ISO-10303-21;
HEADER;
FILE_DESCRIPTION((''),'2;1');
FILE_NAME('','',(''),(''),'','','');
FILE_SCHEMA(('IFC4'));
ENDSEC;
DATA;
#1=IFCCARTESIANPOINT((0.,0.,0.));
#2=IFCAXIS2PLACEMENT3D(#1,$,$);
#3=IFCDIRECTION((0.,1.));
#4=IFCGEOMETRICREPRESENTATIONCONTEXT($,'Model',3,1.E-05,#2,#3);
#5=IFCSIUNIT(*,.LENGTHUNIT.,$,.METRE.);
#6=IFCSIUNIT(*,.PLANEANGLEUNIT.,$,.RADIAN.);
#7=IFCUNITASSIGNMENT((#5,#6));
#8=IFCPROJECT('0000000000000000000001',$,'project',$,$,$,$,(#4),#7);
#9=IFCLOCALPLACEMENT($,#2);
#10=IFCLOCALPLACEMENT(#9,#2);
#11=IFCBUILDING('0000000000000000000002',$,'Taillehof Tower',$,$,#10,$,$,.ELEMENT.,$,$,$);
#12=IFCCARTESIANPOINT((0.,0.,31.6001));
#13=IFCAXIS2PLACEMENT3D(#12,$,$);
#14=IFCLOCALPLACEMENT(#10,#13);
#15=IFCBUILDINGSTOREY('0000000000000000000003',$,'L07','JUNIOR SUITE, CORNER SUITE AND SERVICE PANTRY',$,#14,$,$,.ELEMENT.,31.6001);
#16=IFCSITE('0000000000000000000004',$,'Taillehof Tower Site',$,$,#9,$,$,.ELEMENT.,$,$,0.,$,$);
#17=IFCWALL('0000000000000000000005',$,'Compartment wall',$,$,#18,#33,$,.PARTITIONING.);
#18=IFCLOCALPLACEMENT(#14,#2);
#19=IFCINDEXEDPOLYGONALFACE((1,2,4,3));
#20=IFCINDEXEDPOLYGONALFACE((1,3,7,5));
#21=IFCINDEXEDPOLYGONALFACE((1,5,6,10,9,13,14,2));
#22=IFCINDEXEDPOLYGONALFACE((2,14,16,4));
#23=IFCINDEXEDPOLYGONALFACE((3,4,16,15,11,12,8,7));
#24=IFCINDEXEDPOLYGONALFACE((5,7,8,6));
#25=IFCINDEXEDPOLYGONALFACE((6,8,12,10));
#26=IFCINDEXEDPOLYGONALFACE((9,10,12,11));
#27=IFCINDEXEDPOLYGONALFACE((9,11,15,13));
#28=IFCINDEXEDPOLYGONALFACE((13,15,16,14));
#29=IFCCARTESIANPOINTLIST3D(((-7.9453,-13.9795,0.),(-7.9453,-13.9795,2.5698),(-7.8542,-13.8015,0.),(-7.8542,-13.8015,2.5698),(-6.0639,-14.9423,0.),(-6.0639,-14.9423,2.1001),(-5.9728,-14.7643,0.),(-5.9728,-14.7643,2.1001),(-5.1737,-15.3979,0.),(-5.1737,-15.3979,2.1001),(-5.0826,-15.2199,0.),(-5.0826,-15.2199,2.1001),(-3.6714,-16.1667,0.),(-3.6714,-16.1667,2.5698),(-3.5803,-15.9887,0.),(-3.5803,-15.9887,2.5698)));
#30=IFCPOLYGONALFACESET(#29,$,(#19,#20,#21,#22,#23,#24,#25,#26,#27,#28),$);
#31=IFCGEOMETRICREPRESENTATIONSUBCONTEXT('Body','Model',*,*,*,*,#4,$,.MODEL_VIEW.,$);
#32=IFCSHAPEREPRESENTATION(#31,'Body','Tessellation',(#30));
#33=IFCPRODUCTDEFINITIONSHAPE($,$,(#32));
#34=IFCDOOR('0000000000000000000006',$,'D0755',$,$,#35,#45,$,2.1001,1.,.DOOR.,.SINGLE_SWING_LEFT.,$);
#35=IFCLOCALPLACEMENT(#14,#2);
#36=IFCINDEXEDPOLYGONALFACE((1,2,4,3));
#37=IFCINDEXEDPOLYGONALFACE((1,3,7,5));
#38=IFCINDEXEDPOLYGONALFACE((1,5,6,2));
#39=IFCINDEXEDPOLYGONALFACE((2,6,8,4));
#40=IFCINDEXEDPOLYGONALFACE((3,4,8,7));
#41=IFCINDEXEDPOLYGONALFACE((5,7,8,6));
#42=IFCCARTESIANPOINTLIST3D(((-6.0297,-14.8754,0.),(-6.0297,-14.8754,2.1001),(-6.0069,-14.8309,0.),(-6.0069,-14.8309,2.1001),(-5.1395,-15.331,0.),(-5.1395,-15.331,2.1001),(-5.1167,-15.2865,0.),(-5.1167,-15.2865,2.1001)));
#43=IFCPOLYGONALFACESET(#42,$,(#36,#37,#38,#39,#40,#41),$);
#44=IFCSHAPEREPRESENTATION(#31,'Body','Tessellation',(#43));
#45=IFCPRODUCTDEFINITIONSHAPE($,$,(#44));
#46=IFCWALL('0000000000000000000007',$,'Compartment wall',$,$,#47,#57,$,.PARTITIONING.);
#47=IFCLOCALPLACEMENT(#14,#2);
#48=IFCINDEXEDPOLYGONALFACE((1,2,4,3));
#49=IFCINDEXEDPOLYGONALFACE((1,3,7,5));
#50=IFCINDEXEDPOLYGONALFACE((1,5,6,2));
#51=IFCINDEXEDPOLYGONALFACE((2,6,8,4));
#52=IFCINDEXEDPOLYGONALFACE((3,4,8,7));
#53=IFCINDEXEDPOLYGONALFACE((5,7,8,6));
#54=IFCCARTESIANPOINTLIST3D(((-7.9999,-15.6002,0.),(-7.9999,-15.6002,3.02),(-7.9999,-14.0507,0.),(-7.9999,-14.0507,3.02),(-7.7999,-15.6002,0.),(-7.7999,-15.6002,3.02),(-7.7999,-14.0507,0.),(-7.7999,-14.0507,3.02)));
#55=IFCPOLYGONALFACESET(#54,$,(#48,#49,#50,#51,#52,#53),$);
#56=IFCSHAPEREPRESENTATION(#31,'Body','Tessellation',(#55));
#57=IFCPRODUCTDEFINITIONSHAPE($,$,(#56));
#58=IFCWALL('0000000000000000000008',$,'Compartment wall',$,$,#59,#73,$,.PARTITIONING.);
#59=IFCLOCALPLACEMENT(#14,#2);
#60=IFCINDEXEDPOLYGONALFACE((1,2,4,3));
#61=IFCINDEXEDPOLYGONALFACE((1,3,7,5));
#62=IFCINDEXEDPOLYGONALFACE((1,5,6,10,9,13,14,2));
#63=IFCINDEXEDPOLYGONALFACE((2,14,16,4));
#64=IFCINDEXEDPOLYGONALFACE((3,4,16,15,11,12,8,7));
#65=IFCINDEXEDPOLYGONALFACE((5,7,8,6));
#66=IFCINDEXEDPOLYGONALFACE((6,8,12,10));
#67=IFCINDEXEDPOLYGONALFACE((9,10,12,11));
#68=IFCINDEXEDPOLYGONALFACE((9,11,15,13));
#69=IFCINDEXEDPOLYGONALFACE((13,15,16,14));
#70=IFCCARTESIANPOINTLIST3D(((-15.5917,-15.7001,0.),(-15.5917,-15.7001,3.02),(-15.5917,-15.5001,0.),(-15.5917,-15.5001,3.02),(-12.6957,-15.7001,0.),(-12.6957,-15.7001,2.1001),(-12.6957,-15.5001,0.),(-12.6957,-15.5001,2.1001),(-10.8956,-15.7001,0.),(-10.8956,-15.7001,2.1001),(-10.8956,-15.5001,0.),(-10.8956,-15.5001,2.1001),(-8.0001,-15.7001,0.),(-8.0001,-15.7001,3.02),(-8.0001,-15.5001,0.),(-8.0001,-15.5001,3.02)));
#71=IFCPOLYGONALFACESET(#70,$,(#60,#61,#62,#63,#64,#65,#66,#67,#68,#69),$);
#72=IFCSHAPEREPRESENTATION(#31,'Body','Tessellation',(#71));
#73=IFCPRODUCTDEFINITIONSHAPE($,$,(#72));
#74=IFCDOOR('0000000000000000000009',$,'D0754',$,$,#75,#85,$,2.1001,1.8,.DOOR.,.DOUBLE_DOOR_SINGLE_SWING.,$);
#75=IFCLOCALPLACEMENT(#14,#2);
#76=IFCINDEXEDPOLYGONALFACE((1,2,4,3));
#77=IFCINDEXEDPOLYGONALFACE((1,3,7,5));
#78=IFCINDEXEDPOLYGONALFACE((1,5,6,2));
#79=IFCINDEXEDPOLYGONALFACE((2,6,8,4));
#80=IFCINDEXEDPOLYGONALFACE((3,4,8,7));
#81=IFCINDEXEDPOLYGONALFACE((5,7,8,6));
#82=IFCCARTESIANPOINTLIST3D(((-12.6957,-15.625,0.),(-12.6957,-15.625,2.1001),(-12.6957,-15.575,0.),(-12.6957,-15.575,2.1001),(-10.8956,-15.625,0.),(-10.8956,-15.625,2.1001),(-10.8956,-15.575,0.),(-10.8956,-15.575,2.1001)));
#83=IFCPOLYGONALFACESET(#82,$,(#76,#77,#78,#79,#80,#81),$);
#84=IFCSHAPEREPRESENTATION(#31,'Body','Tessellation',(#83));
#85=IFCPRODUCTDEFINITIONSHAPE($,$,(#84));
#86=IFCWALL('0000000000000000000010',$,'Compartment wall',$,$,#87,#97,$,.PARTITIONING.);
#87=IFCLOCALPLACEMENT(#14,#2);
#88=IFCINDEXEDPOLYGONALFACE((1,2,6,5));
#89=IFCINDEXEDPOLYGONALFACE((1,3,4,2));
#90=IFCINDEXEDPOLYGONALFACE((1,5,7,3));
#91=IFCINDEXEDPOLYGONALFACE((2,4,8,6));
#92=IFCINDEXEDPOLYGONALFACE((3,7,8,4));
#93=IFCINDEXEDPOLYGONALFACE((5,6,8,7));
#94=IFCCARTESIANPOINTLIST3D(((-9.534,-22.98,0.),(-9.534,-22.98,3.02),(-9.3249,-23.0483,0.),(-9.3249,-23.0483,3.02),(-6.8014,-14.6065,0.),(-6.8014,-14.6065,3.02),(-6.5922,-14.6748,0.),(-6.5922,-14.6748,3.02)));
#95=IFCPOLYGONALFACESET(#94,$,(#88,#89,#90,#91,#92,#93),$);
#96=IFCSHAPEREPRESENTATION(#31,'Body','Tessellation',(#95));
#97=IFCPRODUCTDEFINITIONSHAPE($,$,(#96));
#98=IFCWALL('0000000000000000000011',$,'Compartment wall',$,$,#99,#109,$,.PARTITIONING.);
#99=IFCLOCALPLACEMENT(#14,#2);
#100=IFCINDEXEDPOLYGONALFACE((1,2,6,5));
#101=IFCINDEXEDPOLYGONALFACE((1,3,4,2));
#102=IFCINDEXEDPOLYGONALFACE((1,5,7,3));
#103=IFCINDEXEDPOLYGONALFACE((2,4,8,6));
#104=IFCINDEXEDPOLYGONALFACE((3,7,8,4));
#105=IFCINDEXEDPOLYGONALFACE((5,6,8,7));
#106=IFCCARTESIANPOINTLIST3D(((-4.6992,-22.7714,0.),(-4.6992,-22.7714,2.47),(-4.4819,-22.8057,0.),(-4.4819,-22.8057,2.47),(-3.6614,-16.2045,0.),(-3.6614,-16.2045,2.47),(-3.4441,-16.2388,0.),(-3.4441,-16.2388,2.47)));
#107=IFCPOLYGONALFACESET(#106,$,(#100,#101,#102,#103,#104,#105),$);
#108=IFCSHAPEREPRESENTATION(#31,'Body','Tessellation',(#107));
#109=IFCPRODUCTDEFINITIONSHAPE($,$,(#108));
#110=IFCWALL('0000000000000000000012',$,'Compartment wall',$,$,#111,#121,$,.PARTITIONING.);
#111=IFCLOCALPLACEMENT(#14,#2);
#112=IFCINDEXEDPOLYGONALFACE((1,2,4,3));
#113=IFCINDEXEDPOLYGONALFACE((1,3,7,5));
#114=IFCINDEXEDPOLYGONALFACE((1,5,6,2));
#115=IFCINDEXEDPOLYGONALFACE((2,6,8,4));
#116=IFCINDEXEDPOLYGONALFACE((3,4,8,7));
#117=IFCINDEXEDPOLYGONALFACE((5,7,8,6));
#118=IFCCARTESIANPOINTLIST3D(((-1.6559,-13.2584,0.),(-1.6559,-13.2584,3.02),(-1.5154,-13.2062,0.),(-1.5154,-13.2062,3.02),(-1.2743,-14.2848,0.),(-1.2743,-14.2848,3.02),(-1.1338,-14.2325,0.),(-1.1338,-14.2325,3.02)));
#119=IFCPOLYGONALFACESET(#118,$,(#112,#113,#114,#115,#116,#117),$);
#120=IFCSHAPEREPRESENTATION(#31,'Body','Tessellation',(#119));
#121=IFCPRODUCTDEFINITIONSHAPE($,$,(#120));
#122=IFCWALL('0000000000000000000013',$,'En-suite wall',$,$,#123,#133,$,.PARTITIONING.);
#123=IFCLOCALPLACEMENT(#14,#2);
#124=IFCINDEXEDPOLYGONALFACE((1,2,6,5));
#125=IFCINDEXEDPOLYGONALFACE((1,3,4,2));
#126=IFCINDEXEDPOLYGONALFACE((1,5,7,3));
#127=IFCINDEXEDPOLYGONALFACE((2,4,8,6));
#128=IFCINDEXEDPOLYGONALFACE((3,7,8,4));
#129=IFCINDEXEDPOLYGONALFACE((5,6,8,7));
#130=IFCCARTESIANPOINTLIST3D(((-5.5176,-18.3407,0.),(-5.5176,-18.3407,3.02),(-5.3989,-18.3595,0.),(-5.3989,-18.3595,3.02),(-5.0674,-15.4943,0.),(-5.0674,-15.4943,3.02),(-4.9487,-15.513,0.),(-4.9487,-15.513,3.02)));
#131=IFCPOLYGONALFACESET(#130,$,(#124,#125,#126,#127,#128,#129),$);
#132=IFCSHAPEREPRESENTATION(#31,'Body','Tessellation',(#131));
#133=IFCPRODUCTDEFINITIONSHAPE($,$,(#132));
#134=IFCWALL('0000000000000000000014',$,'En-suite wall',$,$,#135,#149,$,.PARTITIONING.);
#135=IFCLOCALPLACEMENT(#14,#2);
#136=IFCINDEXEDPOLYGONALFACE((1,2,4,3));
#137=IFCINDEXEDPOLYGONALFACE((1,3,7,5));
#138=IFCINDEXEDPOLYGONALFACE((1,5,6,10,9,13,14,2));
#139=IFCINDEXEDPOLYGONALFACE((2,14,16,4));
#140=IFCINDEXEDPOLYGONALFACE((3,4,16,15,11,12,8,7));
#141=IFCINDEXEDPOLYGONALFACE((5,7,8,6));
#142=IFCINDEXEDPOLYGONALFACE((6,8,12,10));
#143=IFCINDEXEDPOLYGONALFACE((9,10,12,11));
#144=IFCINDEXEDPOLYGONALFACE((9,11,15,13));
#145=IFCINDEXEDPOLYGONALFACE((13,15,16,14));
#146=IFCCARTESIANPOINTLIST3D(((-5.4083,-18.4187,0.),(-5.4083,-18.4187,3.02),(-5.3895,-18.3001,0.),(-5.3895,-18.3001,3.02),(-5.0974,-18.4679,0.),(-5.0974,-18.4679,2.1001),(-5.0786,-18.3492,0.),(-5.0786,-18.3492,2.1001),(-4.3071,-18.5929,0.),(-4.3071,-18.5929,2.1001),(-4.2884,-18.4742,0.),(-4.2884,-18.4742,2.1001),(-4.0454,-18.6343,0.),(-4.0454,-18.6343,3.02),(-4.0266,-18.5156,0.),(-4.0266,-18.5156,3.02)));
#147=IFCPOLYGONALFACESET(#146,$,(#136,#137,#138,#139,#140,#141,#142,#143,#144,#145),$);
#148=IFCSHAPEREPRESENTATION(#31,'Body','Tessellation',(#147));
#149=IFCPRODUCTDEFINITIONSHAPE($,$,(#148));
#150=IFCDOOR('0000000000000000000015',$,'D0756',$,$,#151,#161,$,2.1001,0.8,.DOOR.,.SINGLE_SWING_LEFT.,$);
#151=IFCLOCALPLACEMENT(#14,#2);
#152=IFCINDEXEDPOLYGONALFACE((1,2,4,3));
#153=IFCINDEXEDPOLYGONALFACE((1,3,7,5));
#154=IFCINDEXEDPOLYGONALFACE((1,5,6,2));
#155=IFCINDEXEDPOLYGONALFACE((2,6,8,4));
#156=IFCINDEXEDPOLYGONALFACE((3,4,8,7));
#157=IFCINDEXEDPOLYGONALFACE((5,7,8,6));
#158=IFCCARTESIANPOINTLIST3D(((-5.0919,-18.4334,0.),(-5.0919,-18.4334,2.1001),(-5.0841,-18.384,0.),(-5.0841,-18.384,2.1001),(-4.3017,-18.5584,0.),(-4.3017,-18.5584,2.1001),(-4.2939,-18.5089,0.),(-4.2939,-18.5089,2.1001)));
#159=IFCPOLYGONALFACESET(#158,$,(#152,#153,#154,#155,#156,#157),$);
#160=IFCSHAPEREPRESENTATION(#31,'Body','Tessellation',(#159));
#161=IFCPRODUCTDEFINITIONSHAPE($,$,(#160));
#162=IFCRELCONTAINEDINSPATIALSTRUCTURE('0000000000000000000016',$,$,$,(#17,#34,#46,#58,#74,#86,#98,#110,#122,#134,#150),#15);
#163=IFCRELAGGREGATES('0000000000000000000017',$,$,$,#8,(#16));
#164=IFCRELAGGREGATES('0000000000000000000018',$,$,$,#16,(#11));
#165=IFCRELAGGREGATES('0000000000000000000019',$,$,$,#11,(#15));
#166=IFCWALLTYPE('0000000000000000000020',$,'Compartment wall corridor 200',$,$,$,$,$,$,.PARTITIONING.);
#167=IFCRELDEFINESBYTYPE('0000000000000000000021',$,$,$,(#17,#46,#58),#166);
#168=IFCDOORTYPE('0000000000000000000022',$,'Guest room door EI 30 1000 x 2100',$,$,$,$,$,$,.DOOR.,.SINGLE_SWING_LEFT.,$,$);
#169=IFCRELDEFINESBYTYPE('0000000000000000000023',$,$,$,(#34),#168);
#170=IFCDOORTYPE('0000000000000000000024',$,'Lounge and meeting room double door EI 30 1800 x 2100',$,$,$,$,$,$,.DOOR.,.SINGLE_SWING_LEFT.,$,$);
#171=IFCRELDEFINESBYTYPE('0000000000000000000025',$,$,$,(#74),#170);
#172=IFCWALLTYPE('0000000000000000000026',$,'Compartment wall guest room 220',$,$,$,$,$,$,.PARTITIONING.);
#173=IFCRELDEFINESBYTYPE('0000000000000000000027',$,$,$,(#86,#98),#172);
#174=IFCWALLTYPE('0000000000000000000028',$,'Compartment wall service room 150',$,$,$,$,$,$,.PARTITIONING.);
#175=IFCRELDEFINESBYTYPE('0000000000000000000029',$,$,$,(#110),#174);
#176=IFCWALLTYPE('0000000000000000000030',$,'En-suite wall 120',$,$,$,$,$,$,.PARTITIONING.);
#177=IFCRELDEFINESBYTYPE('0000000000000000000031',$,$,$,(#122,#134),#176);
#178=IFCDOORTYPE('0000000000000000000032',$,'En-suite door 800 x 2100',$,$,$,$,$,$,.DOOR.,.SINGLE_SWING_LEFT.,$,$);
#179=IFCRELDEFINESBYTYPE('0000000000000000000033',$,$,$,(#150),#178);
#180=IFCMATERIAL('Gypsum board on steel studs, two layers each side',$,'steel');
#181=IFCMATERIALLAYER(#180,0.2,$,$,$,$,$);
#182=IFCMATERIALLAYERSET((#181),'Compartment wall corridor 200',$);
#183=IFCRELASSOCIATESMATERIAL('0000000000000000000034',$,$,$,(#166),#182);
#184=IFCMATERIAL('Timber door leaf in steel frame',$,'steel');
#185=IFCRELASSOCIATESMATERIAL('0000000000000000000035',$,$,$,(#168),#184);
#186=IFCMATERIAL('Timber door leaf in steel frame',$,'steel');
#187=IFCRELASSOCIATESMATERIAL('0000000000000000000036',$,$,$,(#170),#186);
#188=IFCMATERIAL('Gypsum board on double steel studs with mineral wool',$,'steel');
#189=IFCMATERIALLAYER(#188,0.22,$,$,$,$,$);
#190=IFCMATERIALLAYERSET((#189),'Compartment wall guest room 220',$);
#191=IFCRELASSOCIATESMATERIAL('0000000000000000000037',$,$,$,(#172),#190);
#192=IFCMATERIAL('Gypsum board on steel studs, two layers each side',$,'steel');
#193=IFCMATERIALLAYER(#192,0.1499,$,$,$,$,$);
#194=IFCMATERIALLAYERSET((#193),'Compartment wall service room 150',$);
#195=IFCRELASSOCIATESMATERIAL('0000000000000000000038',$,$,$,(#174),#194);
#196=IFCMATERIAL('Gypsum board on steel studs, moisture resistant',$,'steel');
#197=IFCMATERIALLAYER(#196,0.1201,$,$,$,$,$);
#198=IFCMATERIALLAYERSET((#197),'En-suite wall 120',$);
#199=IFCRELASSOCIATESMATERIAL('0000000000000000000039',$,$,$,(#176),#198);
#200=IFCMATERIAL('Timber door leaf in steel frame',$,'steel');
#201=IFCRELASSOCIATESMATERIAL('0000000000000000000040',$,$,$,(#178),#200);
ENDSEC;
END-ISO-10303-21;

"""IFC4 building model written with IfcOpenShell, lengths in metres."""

from ifc_helpers import new_model, si_unit, direction, frame, frame_2d, origin, place, context, subcontext, project, spatial, rectangle, extrude, material, layer, layer_set, type_object, element, fill, save


model = new_model("IFC4")

# Units and contexts
model_context = context("Model", 3, precision=1e-05, world=origin(), true_north=direction((0.0, 1.0)))
body_context = subcontext(model_context, "Body", "Model", "MODEL_VIEW")
ifc_project = project(units=[si_unit("LENGTHUNIT", "METRE"), si_unit("PLANEANGLEUNIT", "RADIAN")], contexts=[model_context])

# Site, building, storey
site_placement = place(None, origin())
site = spatial("IfcSite", under=ifc_project, at=site_placement, Name="Taillehof Tower Site", CompositionType="ELEMENT", RefElevation=0.0)
building_placement = place(site_placement, origin())
building = spatial("IfcBuilding", under=site, at=building_placement, Name="Taillehof Tower", CompositionType="ELEMENT")
storey_placement = place(building_placement, frame((0.0, 0.0, 31.6001)))
storey = spatial("IfcBuildingStorey", under=building, at=storey_placement, Name="L07", Description="JUNIOR SUITE, CORNER SUITE AND SERVICE PANTRY", CompositionType="ELEMENT", Elevation=31.6001)

# Wall, opening, door
ifc_material_1 = material(Name="Gypsum board on steel studs, two layers each side", Category="steel")
ifc_layer_1 = layer(ifc_material_1, 0.2)
ifc_layer_set_1 = layer_set([ifc_layer_1], Name="Compartment wall corridor 200")
wall_type_1 = type_object("IfcWallType", Name="Compartment wall corridor 200", PredefinedType="PARTITIONING", material=ifc_layer_set_1)
wall_1_placement = place(storey_placement, frame((-3.626, -16.0776, 0.0), z_axis=(0.0, 0.0, 1.0), x_axis=(-0.890198, 0.455574, 0.0)))
wall_1 = element("IfcWall", 1, at=wall_1_placement, inside=storey, type_object=wall_type_1, Name="Compartment wall", PredefinedType="PARTITIONING", context=body_context, shape_type="SweptSolid", body=[
    extrude(rectangle(XDim=4.801, YDim=0.2, at=frame_2d((2.4004, 0.0))), origin(), (0.0, 0.0, 1.0), 2.5698),
])
opening_1_placement = place(wall_1_placement, frame((1.6875, 0.0, 0.0)))
opening_1 = element("IfcOpeningElement", 2, at=opening_1_placement, cuts=wall_1, PredefinedType="OPENING", context=body_context, shape_type="SweptSolid", body=[
    extrude(rectangle(XDim=1.0, YDim=2.1001, at=frame_2d((0.5, 1.05))), frame((0.0, 0.1099, 0.0), z_axis=(0.0, -1.0, 0.0), x_axis=(1.0, 0.0, 0.0)), (0.0, 0.0, 1.0), 0.22),
])
ifc_material_2 = material(Name="Timber door leaf in steel frame", Category="steel")
door_type_1 = type_object("IfcDoorType", Name="Guest room door EI 30 1000 x 2100", OperationType="SINGLE_SWING_LEFT", PredefinedType="DOOR", material=ifc_material_2)
door_1_placement = place(opening_1_placement, origin())
door_1 = element("IfcDoor", 3, at=door_1_placement, inside=storey, type_object=door_type_1, Name="D0755", OperationType="SINGLE_SWING_LEFT", OverallHeight=2.1001, OverallWidth=1.0, PredefinedType="DOOR", context=body_context, shape_type="SweptSolid", body=[
    extrude(rectangle(XDim=1.0, YDim=2.1001, at=frame_2d((0.5, 1.05))), frame((0.0, 0.0249, 0.0), z_axis=(0.0, -1.0, 0.0), x_axis=(1.0, 0.0, 0.0)), (0.0, 0.0, 1.0), 0.05),
])
fill(opening_1, door_1)

# Wall
wall_2_placement = place(storey_placement, frame((-7.8999, -14.0505, 0.0), z_axis=(0.0, 0.0, 1.0), x_axis=(0.0, -1.0, 0.0)))
element("IfcWall", 4, at=wall_2_placement, inside=storey, type_object=wall_type_1, Name="Compartment wall", PredefinedType="PARTITIONING", context=body_context, shape_type="SweptSolid", body=[
    extrude(rectangle(XDim=1.5496, YDim=0.2, at=frame_2d((0.7749, 0.0))), origin(), (0.0, 0.0, 1.0), 3.02),
])

# Wall, opening, door
wall_3_placement = place(storey_placement, frame((-8.0, -15.6001, 0.0), z_axis=(0.0, 0.0, 1.0), x_axis=(-1.0, 0.0, 0.0)))
wall_3 = element("IfcWall", 5, at=wall_3_placement, inside=storey, type_object=wall_type_1, Name="Compartment wall", PredefinedType="PARTITIONING", context=body_context, shape_type="SweptSolid", body=[
    extrude(rectangle(XDim=7.5916, YDim=0.2, at=frame_2d((3.7959, 0.0))), origin(), (0.0, 0.0, 1.0), 3.02),
])
opening_2_placement = place(wall_3_placement, frame((2.8958, 0.0, 0.0)))
opening_2 = element("IfcOpeningElement", 6, at=opening_2_placement, cuts=wall_3, PredefinedType="OPENING", context=body_context, shape_type="SweptSolid", body=[
    extrude(rectangle(XDim=1.8, YDim=2.1001, at=frame_2d((0.8999, 1.05))), frame((0.0, 0.1099, 0.0), z_axis=(0.0, -1.0, 0.0), x_axis=(1.0, 0.0, 0.0)), (0.0, 0.0, 1.0), 0.22),
])
ifc_material_3 = material(Name="Timber door leaf in steel frame", Category="steel")
door_type_2 = type_object("IfcDoorType", Name="Lounge and meeting room double door EI 30 1800 x 2100", OperationType="SINGLE_SWING_LEFT", PredefinedType="DOOR", material=ifc_material_3)
door_2_placement = place(opening_2_placement, origin())
door_2 = element("IfcDoor", 7, at=door_2_placement, inside=storey, type_object=door_type_2, Name="D0754", OperationType="DOUBLE_DOOR_SINGLE_SWING", OverallHeight=2.1001, OverallWidth=1.8, PredefinedType="DOOR", context=body_context, shape_type="SweptSolid", body=[
    extrude(rectangle(XDim=1.8, YDim=2.1001, at=frame_2d((0.8999, 1.05))), frame((0.0, 0.0249, 0.0), z_axis=(0.0, -1.0, 0.0), x_axis=(1.0, 0.0, 0.0)), (0.0, 0.0, 1.0), 0.05),
])
fill(opening_2, door_2)

# Walls
ifc_material_4 = material(Name="Gypsum board on double steel studs with mineral wool", Category="steel")
ifc_layer_2 = layer(ifc_material_4, 0.22)
ifc_layer_set_2 = layer_set([ifc_layer_2], Name="Compartment wall guest room 220")
wall_type_2 = type_object("IfcWallType", Name="Compartment wall guest room 220", PredefinedType="PARTITIONING", material=ifc_layer_set_2)
wall_4_placement = place(storey_placement, frame((-9.4294, -23.0142, 0.0), z_axis=(0.0, 0.0, 1.0), x_axis=(0.310243, 0.950657, 0.0)))
element("IfcWall", 8, at=wall_4_placement, inside=storey, type_object=wall_type_2, Name="Compartment wall", PredefinedType="PARTITIONING", context=body_context, shape_type="SweptSolid", body=[
    extrude(rectangle(XDim=8.8081, YDim=0.22, at=frame_2d((4.4041, 0.0))), origin(), (0.0, 0.0, 1.0), 3.02),
])
wall_5_placement = place(storey_placement, frame((-4.5906, -22.7886, 0.0), z_axis=(0.0, 0.0, 1.0), x_axis=(0.156104, 0.987741, 0.0)))
element("IfcWall", 9, at=wall_5_placement, inside=storey, type_object=wall_type_2, Name="Compartment wall", PredefinedType="PARTITIONING", context=body_context, shape_type="SweptSolid", body=[
    extrude(rectangle(XDim=6.6484, YDim=0.22, at=frame_2d((3.3242, 0.0))), origin(), (0.0, 0.0, 1.0), 2.47),
])
ifc_material_5 = material(Name="Gypsum board on steel studs, two layers each side", Category="steel")
ifc_layer_3 = layer(ifc_material_5, 0.1499)
ifc_layer_set_3 = layer_set([ifc_layer_3], Name="Compartment wall service room 150")
wall_type_3 = type_object("IfcWallType", Name="Compartment wall service room 150", PredefinedType="PARTITIONING", material=ifc_layer_set_3)
wall_6_placement = place(storey_placement, frame((-1.2041, -14.2585, 0.0), z_axis=(0.0, 0.0, 1.0), x_axis=(-0.348483, 0.937315, 0.0)))
element("IfcWall", 10, at=wall_6_placement, inside=storey, type_object=wall_type_3, Name="Compartment wall", PredefinedType="PARTITIONING", context=body_context, shape_type="SweptSolid", body=[
    extrude(rectangle(XDim=1.095, YDim=0.1499, at=frame_2d((0.5474, 0.0))), origin(), (0.0, 0.0, 1.0), 3.02),
])
ifc_material_6 = material(Name="Gypsum board on steel studs, moisture resistant", Category="steel")
ifc_layer_4 = layer(ifc_material_6, 0.1201)
ifc_layer_set_4 = layer_set([ifc_layer_4], Name="En-suite wall 120")
wall_type_4 = type_object("IfcWallType", Name="En-suite wall 120", PredefinedType="PARTITIONING", material=ifc_layer_set_4)
wall_7_placement = place(storey_placement, frame((-5.0081, -15.5037, 0.0), z_axis=(0.0, 0.0, 1.0), x_axis=(-0.156219, -0.987722, 0.0)))
element("IfcWall", 11, at=wall_7_placement, inside=storey, type_object=wall_type_4, Name="En-suite wall", PredefinedType="PARTITIONING", context=body_context, shape_type="SweptSolid", body=[
    extrude(rectangle(XDim=2.8818, YDim=0.1201, at=frame_2d((1.4409, 0.0))), origin(), (0.0, 0.0, 1.0), 3.02),
])

# Wall, opening, door
wall_8_placement = place(storey_placement, frame((-5.3989, -18.3594, 0.0), z_axis=(0.0, 0.0, 1.0), x_axis=(0.987723, -0.156217, 0.0)))
wall_8 = element("IfcWall", 12, at=wall_8_placement, inside=storey, type_object=wall_type_4, Name="En-suite wall", PredefinedType="PARTITIONING", context=body_context, shape_type="SweptSolid", body=[
    extrude(rectangle(XDim=1.3799, YDim=0.1201, at=frame_2d((0.6899, 0.0))), origin(), (0.0, 0.0, 1.0), 3.02),
])
opening_3_placement = place(wall_8_placement, frame((0.3149, 0.0, 0.0)))
opening_3 = element("IfcOpeningElement", 13, at=opening_3_placement, cuts=wall_8, PredefinedType="OPENING", context=body_context, shape_type="SweptSolid", body=[
    extrude(rectangle(XDim=0.8, YDim=2.1001, at=frame_2d((0.3999, 1.05))), frame((0.0, 0.0701, 0.0), z_axis=(0.0, -1.0, 0.0), x_axis=(1.0, 0.0, 0.0)), (0.0, 0.0, 1.0), 0.1401),
])
ifc_material_7 = material(Name="Timber door leaf in steel frame", Category="steel")
door_type_3 = type_object("IfcDoorType", Name="En-suite door 800 x 2100", OperationType="SINGLE_SWING_LEFT", PredefinedType="DOOR", material=ifc_material_7)
door_3_placement = place(opening_3_placement, origin())
door_3 = element("IfcDoor", 14, at=door_3_placement, inside=storey, type_object=door_type_3, Name="D0756", OperationType="SINGLE_SWING_LEFT", OverallHeight=2.1001, OverallWidth=0.8, PredefinedType="DOOR", context=body_context, shape_type="SweptSolid", body=[
    extrude(rectangle(XDim=0.8, YDim=2.1001, at=frame_2d((0.3999, 1.05))), frame((0.0, 0.0249, 0.0), z_axis=(0.0, -1.0, 0.0), x_axis=(1.0, 0.0, 0.0)), (0.0, 0.0, 1.0), 0.05),
])
fill(opening_3, door_3)

save(model, "model.ifc")
